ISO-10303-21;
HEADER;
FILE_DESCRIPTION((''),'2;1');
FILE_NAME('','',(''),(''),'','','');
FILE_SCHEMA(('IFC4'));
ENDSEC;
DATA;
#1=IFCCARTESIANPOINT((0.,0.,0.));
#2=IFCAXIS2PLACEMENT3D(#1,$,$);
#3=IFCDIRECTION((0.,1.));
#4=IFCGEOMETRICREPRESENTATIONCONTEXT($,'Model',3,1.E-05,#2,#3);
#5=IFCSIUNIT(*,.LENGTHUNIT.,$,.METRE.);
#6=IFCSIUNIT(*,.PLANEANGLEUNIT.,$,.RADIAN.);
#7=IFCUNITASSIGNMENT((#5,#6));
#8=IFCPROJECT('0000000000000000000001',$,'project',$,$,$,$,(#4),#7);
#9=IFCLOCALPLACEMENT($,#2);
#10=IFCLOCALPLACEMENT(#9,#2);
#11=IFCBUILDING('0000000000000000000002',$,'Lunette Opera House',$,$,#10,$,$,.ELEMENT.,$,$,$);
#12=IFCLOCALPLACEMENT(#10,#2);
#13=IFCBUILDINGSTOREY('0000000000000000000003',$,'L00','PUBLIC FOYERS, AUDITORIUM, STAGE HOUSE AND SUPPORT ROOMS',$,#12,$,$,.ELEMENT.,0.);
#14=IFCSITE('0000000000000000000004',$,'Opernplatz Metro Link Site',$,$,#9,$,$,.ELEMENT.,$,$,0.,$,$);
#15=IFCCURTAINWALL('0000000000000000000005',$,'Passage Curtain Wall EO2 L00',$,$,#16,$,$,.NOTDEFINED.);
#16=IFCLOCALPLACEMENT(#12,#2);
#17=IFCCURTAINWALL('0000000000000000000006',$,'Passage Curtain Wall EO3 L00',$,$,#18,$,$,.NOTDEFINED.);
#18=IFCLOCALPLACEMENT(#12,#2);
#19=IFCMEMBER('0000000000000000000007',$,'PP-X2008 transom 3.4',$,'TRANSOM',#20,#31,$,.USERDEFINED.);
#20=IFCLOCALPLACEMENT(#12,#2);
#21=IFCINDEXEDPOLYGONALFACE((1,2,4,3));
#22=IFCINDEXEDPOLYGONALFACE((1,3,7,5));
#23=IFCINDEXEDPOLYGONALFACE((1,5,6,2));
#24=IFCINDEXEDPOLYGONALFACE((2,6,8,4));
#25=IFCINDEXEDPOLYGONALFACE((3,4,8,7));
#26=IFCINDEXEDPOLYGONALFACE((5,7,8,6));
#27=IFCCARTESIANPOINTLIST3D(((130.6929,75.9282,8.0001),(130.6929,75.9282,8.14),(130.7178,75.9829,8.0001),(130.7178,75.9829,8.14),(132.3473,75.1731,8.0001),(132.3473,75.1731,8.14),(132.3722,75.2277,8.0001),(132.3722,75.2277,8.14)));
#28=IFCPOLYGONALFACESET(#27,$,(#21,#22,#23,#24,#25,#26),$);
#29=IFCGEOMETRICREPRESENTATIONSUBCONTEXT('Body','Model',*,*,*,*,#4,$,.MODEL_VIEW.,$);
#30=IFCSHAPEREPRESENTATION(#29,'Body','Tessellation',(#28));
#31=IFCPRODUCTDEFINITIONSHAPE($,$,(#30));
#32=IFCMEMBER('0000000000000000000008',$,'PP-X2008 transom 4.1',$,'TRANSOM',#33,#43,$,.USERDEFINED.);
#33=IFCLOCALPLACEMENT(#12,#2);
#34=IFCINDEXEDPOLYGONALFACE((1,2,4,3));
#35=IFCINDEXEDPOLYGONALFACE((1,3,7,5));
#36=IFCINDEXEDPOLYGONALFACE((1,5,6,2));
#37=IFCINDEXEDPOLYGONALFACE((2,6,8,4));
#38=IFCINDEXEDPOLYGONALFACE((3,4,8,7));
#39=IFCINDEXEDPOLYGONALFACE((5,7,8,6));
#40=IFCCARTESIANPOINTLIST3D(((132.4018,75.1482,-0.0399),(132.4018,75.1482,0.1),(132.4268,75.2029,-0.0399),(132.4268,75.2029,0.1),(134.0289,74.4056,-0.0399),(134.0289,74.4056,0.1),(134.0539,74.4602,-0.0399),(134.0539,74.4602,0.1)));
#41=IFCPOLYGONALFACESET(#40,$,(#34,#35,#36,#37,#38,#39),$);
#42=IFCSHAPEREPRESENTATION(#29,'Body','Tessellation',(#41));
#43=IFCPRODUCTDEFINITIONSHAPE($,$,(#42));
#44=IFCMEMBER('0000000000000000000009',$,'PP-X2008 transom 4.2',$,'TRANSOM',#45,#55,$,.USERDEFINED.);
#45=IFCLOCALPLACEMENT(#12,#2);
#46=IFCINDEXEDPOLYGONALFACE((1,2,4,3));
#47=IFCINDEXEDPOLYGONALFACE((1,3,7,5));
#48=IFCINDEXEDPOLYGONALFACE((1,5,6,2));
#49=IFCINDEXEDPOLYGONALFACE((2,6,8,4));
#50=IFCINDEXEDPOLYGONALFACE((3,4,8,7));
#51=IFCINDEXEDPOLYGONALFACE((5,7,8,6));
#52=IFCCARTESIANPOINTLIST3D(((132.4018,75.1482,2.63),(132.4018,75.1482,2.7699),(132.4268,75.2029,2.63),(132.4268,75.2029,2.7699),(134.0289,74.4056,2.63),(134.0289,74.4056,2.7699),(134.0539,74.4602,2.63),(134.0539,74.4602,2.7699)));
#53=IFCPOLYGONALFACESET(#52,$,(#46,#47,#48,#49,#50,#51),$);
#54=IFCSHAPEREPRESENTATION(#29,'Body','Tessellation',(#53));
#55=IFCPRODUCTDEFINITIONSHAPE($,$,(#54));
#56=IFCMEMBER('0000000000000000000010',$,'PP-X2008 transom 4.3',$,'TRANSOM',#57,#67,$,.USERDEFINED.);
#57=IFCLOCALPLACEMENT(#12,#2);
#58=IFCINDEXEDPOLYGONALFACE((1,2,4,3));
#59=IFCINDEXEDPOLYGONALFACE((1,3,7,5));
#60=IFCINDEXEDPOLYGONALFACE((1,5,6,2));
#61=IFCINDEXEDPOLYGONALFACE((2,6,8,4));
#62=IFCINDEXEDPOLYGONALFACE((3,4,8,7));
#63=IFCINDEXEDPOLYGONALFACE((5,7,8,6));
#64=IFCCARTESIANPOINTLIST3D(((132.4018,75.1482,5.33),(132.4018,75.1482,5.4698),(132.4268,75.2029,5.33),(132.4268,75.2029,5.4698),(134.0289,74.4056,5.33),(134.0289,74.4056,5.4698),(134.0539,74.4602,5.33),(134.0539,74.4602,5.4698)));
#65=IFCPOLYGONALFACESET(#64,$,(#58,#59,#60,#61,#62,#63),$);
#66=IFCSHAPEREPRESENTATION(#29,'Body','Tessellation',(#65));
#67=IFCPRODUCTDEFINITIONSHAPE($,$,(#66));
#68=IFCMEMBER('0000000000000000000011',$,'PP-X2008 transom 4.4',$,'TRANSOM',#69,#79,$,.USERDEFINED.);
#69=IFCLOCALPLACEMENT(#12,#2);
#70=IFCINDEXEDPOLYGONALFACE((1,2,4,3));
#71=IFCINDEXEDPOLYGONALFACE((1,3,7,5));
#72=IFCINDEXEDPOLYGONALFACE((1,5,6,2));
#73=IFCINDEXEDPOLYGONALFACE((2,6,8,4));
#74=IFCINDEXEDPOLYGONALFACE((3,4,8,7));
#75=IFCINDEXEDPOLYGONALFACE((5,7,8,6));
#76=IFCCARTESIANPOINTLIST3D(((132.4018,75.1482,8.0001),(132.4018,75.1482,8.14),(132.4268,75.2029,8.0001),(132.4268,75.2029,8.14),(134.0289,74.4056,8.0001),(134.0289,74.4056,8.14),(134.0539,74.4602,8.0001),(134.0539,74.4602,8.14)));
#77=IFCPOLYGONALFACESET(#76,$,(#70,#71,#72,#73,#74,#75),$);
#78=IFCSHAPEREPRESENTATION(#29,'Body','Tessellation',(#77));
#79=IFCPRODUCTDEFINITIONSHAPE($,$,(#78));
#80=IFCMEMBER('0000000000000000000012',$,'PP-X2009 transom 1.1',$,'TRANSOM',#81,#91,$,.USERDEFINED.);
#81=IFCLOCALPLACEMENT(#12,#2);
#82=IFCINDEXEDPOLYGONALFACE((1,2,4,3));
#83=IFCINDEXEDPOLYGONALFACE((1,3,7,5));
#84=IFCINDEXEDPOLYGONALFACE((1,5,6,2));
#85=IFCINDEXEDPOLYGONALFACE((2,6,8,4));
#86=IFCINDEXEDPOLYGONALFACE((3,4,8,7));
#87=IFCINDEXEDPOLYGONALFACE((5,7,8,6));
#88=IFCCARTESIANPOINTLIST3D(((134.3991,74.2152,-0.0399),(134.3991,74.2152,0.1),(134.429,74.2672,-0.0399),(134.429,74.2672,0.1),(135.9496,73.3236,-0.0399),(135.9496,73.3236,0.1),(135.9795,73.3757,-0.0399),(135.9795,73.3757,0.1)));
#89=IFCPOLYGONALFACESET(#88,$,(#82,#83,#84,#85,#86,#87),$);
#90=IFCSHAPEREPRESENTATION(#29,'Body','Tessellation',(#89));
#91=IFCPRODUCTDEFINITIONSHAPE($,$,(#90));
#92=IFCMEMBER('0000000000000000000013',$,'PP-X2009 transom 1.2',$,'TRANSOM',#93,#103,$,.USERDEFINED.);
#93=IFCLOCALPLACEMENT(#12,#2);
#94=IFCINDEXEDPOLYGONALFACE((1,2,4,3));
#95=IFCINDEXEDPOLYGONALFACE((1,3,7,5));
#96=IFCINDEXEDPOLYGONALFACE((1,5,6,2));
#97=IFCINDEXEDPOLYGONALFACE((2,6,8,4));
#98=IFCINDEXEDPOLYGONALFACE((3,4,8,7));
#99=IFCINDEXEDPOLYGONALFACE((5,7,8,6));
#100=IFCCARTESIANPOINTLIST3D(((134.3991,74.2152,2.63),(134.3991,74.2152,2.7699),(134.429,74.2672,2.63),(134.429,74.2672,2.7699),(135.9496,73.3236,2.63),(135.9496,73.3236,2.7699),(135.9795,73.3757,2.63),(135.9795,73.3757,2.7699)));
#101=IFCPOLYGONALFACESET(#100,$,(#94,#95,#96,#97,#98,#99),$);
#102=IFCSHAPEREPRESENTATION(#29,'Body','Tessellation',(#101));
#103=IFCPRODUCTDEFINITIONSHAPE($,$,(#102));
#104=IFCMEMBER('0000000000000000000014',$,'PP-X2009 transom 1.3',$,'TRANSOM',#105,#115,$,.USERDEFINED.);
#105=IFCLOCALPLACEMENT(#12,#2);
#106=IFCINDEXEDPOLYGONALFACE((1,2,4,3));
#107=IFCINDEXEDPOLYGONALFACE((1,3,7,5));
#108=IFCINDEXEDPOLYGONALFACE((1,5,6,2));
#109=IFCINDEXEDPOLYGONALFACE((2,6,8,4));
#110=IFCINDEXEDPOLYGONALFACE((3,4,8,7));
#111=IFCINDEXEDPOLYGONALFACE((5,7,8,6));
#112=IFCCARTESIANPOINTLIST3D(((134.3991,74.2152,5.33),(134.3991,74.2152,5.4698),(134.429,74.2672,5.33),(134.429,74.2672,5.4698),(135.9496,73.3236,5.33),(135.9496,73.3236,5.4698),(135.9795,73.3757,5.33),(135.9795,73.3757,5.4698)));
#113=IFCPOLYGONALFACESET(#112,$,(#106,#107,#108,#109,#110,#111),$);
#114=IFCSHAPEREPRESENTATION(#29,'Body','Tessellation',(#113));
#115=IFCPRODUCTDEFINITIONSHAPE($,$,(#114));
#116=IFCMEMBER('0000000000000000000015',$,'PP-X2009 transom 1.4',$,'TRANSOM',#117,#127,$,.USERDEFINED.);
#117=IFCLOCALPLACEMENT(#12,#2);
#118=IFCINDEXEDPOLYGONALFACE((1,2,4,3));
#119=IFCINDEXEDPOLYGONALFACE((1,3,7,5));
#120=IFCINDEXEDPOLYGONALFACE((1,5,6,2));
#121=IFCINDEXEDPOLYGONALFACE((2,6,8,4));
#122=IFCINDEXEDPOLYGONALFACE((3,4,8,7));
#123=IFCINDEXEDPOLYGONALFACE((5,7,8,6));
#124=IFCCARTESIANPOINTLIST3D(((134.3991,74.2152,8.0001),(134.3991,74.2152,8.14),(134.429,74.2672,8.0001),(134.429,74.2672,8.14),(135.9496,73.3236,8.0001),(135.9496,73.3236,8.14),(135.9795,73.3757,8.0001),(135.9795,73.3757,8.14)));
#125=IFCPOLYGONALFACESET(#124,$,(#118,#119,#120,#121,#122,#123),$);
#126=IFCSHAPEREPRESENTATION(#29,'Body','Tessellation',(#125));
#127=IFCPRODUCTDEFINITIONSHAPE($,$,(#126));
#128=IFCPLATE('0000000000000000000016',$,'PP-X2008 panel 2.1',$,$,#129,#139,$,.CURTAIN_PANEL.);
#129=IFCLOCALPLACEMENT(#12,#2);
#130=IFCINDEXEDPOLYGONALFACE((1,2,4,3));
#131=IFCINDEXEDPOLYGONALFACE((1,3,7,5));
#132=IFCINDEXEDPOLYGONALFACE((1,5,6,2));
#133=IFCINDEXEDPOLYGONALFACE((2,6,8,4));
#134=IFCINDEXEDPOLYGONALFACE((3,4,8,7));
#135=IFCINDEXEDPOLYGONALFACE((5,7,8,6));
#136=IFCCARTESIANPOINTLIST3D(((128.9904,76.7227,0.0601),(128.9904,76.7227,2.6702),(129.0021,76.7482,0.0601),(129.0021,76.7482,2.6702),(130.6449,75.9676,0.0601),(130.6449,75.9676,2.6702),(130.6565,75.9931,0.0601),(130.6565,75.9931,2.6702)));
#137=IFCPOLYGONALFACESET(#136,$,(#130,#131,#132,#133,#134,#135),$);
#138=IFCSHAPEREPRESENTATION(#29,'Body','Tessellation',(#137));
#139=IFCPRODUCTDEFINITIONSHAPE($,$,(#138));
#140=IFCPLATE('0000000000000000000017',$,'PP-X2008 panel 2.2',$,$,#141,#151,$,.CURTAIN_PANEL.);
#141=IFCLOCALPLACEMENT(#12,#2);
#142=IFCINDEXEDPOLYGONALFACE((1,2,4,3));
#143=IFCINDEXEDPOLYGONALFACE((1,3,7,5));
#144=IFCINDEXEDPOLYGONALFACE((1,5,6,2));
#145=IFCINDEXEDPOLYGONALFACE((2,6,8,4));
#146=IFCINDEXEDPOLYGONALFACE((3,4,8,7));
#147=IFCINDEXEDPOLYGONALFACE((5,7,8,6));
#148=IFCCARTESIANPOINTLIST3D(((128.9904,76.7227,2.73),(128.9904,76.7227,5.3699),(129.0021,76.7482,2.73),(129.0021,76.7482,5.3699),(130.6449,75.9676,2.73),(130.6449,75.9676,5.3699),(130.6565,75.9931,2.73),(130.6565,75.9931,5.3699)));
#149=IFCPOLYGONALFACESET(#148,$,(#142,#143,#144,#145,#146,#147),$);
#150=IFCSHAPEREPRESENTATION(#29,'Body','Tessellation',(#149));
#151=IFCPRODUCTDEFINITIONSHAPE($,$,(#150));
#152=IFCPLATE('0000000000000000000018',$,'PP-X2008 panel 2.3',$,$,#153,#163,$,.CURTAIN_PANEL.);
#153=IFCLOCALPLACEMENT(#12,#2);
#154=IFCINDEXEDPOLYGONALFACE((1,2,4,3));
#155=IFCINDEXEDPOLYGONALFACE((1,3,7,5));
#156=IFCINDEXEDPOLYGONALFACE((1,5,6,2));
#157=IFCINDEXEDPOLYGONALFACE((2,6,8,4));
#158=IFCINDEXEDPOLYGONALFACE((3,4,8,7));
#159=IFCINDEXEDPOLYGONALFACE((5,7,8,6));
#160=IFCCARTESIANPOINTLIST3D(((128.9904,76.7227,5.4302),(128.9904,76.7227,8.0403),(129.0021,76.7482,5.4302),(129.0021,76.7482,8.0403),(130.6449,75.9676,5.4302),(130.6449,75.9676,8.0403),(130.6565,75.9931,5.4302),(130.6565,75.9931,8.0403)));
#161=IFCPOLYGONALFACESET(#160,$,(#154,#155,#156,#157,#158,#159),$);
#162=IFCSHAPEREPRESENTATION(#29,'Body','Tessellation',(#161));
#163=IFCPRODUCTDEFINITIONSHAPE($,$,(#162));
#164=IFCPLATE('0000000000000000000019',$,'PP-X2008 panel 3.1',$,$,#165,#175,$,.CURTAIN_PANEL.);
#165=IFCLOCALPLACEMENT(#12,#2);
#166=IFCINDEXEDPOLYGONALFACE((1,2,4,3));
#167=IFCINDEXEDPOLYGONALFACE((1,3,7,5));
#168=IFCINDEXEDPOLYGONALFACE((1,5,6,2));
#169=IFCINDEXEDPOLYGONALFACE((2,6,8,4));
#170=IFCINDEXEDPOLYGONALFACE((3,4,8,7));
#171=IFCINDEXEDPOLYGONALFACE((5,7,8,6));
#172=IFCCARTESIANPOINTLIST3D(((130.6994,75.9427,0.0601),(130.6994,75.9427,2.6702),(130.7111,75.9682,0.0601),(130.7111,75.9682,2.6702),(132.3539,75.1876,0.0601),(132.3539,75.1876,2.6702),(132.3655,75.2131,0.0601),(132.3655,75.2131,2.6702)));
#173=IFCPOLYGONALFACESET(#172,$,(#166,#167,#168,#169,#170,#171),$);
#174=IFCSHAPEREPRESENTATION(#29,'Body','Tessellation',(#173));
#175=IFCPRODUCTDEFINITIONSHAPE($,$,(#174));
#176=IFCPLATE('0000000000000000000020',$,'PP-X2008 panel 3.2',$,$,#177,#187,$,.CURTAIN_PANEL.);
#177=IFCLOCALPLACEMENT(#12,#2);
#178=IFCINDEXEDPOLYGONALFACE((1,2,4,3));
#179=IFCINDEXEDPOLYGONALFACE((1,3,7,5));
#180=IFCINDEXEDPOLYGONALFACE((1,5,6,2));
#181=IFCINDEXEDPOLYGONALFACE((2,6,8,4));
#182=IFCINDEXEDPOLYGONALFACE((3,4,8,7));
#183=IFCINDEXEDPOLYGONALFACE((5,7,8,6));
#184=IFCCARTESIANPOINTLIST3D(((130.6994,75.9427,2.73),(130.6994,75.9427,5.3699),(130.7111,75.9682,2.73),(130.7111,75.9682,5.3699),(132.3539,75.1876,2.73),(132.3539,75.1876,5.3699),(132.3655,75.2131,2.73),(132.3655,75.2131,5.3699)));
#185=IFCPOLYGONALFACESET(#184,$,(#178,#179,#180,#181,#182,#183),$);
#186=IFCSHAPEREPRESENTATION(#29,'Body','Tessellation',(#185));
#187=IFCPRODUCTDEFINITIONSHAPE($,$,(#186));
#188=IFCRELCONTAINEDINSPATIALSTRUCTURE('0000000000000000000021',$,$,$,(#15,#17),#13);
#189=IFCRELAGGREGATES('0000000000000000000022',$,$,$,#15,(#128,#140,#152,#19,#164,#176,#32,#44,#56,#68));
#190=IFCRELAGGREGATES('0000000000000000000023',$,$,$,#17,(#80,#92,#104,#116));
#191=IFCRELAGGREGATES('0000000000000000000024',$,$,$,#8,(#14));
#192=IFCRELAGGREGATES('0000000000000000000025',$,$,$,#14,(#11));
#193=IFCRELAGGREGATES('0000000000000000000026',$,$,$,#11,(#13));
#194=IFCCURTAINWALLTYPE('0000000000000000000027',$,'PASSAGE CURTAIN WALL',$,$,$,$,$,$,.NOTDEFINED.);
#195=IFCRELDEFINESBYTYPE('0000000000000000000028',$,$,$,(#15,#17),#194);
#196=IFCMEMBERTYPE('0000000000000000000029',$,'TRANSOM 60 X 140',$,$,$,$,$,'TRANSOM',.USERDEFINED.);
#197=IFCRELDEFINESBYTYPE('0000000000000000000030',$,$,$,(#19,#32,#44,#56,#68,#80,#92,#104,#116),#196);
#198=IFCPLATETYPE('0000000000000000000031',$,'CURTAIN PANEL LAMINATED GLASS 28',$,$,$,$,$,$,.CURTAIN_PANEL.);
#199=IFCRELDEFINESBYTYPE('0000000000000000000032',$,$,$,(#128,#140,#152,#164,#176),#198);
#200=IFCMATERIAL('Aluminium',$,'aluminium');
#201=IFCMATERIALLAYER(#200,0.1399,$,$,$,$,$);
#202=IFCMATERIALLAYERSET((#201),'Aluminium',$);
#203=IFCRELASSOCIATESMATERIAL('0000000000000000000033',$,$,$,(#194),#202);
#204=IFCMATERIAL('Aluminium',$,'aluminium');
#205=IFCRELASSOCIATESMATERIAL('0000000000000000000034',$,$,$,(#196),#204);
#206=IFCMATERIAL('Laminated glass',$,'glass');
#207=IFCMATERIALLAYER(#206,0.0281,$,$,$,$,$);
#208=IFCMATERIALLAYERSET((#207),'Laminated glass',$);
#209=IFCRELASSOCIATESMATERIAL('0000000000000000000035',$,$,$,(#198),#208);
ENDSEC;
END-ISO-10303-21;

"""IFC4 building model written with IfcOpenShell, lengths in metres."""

from ifc_helpers import new_model, si_unit, direction, frame, origin, origin_2d, place, context, subcontext, project, spatial, rectangle, extrude, material, layer, layer_set, material_profile, profile_set, type_object, element, aggregate, save


model = new_model("IFC4")

# Units and contexts
model_context = context("Model", 3, precision=1e-05, world=origin(), true_north=direction((0.0, 1.0)))
body_context = subcontext(model_context, "Body", "Model", "MODEL_VIEW")
ifc_project = project(units=[si_unit("LENGTHUNIT", "METRE"), si_unit("PLANEANGLEUNIT", "RADIAN")], contexts=[model_context])

# Site, building, storey
site_placement = place(None, origin())
site = spatial("IfcSite", under=ifc_project, at=site_placement, Name="Opernplatz Metro Link Site", CompositionType="ELEMENT", RefElevation=0.0)
building_placement = place(site_placement, origin())
building = spatial("IfcBuilding", under=site, at=building_placement, Name="Lunette Opera House", CompositionType="ELEMENT")
storey_placement = place(building_placement, origin())
storey = spatial("IfcBuildingStorey", under=building, at=storey_placement, Name="L00", Description="PUBLIC FOYERS, AUDITORIUM, STAGE HOUSE AND SUPPORT ROOMS", CompositionType="ELEMENT", Elevation=0.0)

# Curtain wall
ifc_material_1 = material(Name="Aluminium", Category="aluminium")
ifc_layer_1 = layer(ifc_material_1, 0.1399)
ifc_layer_set_1 = layer_set([ifc_layer_1], Name="Aluminium")
curtain_wall_type = type_object("IfcCurtainWallType", Name="PASSAGE CURTAIN WALL", PredefinedType="NOTDEFINED", material=ifc_layer_set_1)
curtain_wall_1_placement = place(storey_placement, origin())
curtain_wall_1 = element("IfcCurtainWall", 1, at=curtain_wall_1_placement, inside=storey, type_object=curtain_wall_type, Name="Passage Curtain Wall EO2 L00", PredefinedType="NOTDEFINED")

# Curtain wall
curtain_wall_2_placement = place(storey_placement, origin())
curtain_wall_2 = element("IfcCurtainWall", 2, at=curtain_wall_2_placement, inside=storey, type_object=curtain_wall_type, Name="Passage Curtain Wall EO3 L00", PredefinedType="NOTDEFINED")

# Members
ifc_material_2 = material(Name="Aluminium", Category="aluminium")
ifc_material_profile_1 = material_profile(ifc_material_2, rectangle(XDim=0.0601, YDim=0.1399, at=origin_2d()), Name="TRANSOM 60 X 140")
ifc_profile_set_1 = profile_set([ifc_material_profile_1], Name="Aluminium")
member_type_1 = type_object("IfcMemberType", Name="TRANSOM 60 X 140", ElementType="TRANSOM", PredefinedType="USERDEFINED", material=ifc_profile_set_1)
member_1_placement = place(storey_placement, frame((130.7053, 75.9556, 8.0701), z_axis=(0.909708, -0.415249, 0.0), x_axis=(0.415249, 0.909708, 0.0)))
member_1 = element("IfcMember", 3, at=member_1_placement, type_object=member_type_1, Name="PP-X2008 transom 3.4", ObjectType="TRANSOM", PredefinedType="USERDEFINED", context=body_context, shape_type="SweptSolid", body=[
    extrude(rectangle(XDim=0.0601, YDim=0.1399, at=origin_2d()), origin(), (0.0, 0.0, 1.0), 1.8186),
])
member_2_placement = place(storey_placement, frame((132.4143, 75.1755, 0.03), z_axis=(0.909725, -0.415211, 0.0), x_axis=(0.415211, 0.909725, 0.0)))
member_2 = element("IfcMember", 4, at=member_2_placement, type_object=member_type_1, Name="PP-X2008 transom 4.1", ObjectType="TRANSOM", PredefinedType="USERDEFINED", context=body_context, shape_type="SweptSolid", body=[
    extrude(rectangle(XDim=0.0601, YDim=0.1399, at=origin_2d()), origin(), (0.0, 0.0, 1.0), 1.7886),
])
member_3_placement = place(storey_placement, frame((132.4143, 75.1755, 2.7), z_axis=(0.909725, -0.415211, 0.0), x_axis=(0.415211, 0.909725, 0.0)))
member_3 = element("IfcMember", 5, at=member_3_placement, type_object=member_type_1, Name="PP-X2008 transom 4.2", ObjectType="TRANSOM", PredefinedType="USERDEFINED", context=body_context, shape_type="SweptSolid", body=[
    extrude(rectangle(XDim=0.0601, YDim=0.1399, at=origin_2d()), origin(), (0.0, 0.0, 1.0), 1.7886),
])
member_4_placement = place(storey_placement, frame((132.4143, 75.1755, 5.3999), z_axis=(0.909725, -0.415211, 0.0), x_axis=(0.415211, 0.909725, 0.0)))
member_4 = element("IfcMember", 6, at=member_4_placement, type_object=member_type_1, Name="PP-X2008 transom 4.3", ObjectType="TRANSOM", PredefinedType="USERDEFINED", context=body_context, shape_type="SweptSolid", body=[
    extrude(rectangle(XDim=0.0601, YDim=0.1399, at=origin_2d()), origin(), (0.0, 0.0, 1.0), 1.7886),
])
member_5_placement = place(storey_placement, frame((132.4143, 75.1755, 8.0701), z_axis=(0.909725, -0.415211, 0.0), x_axis=(0.415211, 0.909725, 0.0)))
member_5 = element("IfcMember", 7, at=member_5_placement, type_object=member_type_1, Name="PP-X2008 transom 4.4", ObjectType="TRANSOM", PredefinedType="USERDEFINED", context=body_context, shape_type="SweptSolid", body=[
    extrude(rectangle(XDim=0.0601, YDim=0.1399, at=origin_2d()), origin(), (0.0, 0.0, 1.0), 1.7886),
])
member_6_placement = place(storey_placement, frame((134.4141, 74.2412, 0.03), z_axis=(0.866896, -0.498489, 0.0), x_axis=(0.498489, 0.866896, 0.0)))
member_6 = element("IfcMember", 8, at=member_6_placement, type_object=member_type_1, Name="PP-X2009 transom 1.1", ObjectType="TRANSOM", PredefinedType="USERDEFINED", context=body_context, shape_type="SweptSolid", body=[
    extrude(rectangle(XDim=0.0601, YDim=0.1399, at=origin_2d()), origin(), (0.0, 0.0, 1.0), 1.7886),
])
member_7_placement = place(storey_placement, frame((134.4141, 74.2412, 2.7), z_axis=(0.866896, -0.498489, 0.0), x_axis=(0.498489, 0.866896, 0.0)))
member_7 = element("IfcMember", 9, at=member_7_placement, type_object=member_type_1, Name="PP-X2009 transom 1.2", ObjectType="TRANSOM", PredefinedType="USERDEFINED", context=body_context, shape_type="SweptSolid", body=[
    extrude(rectangle(XDim=0.0601, YDim=0.1399, at=origin_2d()), origin(), (0.0, 0.0, 1.0), 1.7886),
])
member_8_placement = place(storey_placement, frame((134.4141, 74.2412, 5.3999), z_axis=(0.866896, -0.498489, 0.0), x_axis=(0.498489, 0.866896, 0.0)))
member_8 = element("IfcMember", 10, at=member_8_placement, type_object=member_type_1, Name="PP-X2009 transom 1.3", ObjectType="TRANSOM", PredefinedType="USERDEFINED", context=body_context, shape_type="SweptSolid", body=[
    extrude(rectangle(XDim=0.0601, YDim=0.1399, at=origin_2d()), origin(), (0.0, 0.0, 1.0), 1.7886),
])
member_9_placement = place(storey_placement, frame((134.4141, 74.2412, 8.0701), z_axis=(0.866896, -0.498489, 0.0), x_axis=(0.498489, 0.866896, 0.0)))
member_9 = element("IfcMember", 11, at=member_9_placement, type_object=member_type_1, Name="PP-X2009 transom 1.4", ObjectType="TRANSOM", PredefinedType="USERDEFINED", context=body_context, shape_type="SweptSolid", body=[
    extrude(rectangle(XDim=0.0601, YDim=0.1399, at=origin_2d()), origin(), (0.0, 0.0, 1.0), 1.7886),
])

# Plates
ifc_material_3 = material(Name="Laminated glass", Category="glass")
ifc_layer_2 = layer(ifc_material_3, 0.0281)
ifc_layer_set_2 = layer_set([ifc_layer_2], Name="Laminated glass")
plate_type_1 = type_object("IfcPlateType", Name="CURTAIN PANEL LAMINATED GLASS 28", PredefinedType="CURTAIN_PANEL", material=ifc_layer_set_2)
plate_1_placement = place(storey_placement, frame((129.8235, 76.3579, 0.0601), z_axis=(0.0, 0.0, 1.0), x_axis=(0.909727, -0.415206, 0.0)))
plate_1 = element("IfcPlate", 12, at=plate_1_placement, type_object=plate_type_1, Name="PP-X2008 panel 2.1", PredefinedType="CURTAIN_PANEL", context=body_context, shape_type="SweptSolid", body=[
    extrude(rectangle(XDim=1.8186, YDim=0.0281, at=origin_2d()), origin(), (0.0, 0.0, 1.0), 2.6101),
])
plate_2_placement = place(storey_placement, frame((129.8235, 76.3579, 2.73), z_axis=(0.0, 0.0, 1.0), x_axis=(0.909727, -0.415206, 0.0)))
plate_2 = element("IfcPlate", 13, at=plate_2_placement, type_object=plate_type_1, Name="PP-X2008 panel 2.2", PredefinedType="CURTAIN_PANEL", context=body_context, shape_type="SweptSolid", body=[
    extrude(rectangle(XDim=1.8186, YDim=0.0281, at=origin_2d()), origin(), (0.0, 0.0, 1.0), 2.6399),
])
plate_3_placement = place(storey_placement, frame((129.8235, 76.3579, 5.4302), z_axis=(0.0, 0.0, 1.0), x_axis=(0.909727, -0.415206, 0.0)))
plate_3 = element("IfcPlate", 14, at=plate_3_placement, type_object=plate_type_1, Name="PP-X2008 panel 2.3", PredefinedType="CURTAIN_PANEL", context=body_context, shape_type="SweptSolid", body=[
    extrude(rectangle(XDim=1.8186, YDim=0.0281, at=origin_2d()), origin(), (0.0, 0.0, 1.0), 2.6101),
])
plate_4_placement = place(storey_placement, frame((131.5325, 75.5779, 0.0601), z_axis=(0.0, 0.0, 1.0), x_axis=(0.909727, -0.415206, 0.0)))
plate_4 = element("IfcPlate", 15, at=plate_4_placement, type_object=plate_type_1, Name="PP-X2008 panel 3.1", PredefinedType="CURTAIN_PANEL", context=body_context, shape_type="SweptSolid", body=[
    extrude(rectangle(XDim=1.8186, YDim=0.0281, at=origin_2d()), origin(), (0.0, 0.0, 1.0), 2.6101),
])
plate_5_placement = place(storey_placement, frame((131.5325, 75.5779, 2.73), z_axis=(0.0, 0.0, 1.0), x_axis=(0.909727, -0.415206, 0.0)))
plate_5 = element("IfcPlate", 16, at=plate_5_placement, type_object=plate_type_1, Name="PP-X2008 panel 3.2", PredefinedType="CURTAIN_PANEL", context=body_context, shape_type="SweptSolid", body=[
    extrude(rectangle(XDim=1.8186, YDim=0.0281, at=origin_2d()), origin(), (0.0, 0.0, 1.0), 2.6399),
])
aggregate(curtain_wall_1, [plate_1, plate_2, plate_3, member_1, plate_4, plate_5, member_2, member_3, member_4, member_5])
aggregate(curtain_wall_2, [member_6, member_7, member_8, member_9])

save(model, "model.ifc")
